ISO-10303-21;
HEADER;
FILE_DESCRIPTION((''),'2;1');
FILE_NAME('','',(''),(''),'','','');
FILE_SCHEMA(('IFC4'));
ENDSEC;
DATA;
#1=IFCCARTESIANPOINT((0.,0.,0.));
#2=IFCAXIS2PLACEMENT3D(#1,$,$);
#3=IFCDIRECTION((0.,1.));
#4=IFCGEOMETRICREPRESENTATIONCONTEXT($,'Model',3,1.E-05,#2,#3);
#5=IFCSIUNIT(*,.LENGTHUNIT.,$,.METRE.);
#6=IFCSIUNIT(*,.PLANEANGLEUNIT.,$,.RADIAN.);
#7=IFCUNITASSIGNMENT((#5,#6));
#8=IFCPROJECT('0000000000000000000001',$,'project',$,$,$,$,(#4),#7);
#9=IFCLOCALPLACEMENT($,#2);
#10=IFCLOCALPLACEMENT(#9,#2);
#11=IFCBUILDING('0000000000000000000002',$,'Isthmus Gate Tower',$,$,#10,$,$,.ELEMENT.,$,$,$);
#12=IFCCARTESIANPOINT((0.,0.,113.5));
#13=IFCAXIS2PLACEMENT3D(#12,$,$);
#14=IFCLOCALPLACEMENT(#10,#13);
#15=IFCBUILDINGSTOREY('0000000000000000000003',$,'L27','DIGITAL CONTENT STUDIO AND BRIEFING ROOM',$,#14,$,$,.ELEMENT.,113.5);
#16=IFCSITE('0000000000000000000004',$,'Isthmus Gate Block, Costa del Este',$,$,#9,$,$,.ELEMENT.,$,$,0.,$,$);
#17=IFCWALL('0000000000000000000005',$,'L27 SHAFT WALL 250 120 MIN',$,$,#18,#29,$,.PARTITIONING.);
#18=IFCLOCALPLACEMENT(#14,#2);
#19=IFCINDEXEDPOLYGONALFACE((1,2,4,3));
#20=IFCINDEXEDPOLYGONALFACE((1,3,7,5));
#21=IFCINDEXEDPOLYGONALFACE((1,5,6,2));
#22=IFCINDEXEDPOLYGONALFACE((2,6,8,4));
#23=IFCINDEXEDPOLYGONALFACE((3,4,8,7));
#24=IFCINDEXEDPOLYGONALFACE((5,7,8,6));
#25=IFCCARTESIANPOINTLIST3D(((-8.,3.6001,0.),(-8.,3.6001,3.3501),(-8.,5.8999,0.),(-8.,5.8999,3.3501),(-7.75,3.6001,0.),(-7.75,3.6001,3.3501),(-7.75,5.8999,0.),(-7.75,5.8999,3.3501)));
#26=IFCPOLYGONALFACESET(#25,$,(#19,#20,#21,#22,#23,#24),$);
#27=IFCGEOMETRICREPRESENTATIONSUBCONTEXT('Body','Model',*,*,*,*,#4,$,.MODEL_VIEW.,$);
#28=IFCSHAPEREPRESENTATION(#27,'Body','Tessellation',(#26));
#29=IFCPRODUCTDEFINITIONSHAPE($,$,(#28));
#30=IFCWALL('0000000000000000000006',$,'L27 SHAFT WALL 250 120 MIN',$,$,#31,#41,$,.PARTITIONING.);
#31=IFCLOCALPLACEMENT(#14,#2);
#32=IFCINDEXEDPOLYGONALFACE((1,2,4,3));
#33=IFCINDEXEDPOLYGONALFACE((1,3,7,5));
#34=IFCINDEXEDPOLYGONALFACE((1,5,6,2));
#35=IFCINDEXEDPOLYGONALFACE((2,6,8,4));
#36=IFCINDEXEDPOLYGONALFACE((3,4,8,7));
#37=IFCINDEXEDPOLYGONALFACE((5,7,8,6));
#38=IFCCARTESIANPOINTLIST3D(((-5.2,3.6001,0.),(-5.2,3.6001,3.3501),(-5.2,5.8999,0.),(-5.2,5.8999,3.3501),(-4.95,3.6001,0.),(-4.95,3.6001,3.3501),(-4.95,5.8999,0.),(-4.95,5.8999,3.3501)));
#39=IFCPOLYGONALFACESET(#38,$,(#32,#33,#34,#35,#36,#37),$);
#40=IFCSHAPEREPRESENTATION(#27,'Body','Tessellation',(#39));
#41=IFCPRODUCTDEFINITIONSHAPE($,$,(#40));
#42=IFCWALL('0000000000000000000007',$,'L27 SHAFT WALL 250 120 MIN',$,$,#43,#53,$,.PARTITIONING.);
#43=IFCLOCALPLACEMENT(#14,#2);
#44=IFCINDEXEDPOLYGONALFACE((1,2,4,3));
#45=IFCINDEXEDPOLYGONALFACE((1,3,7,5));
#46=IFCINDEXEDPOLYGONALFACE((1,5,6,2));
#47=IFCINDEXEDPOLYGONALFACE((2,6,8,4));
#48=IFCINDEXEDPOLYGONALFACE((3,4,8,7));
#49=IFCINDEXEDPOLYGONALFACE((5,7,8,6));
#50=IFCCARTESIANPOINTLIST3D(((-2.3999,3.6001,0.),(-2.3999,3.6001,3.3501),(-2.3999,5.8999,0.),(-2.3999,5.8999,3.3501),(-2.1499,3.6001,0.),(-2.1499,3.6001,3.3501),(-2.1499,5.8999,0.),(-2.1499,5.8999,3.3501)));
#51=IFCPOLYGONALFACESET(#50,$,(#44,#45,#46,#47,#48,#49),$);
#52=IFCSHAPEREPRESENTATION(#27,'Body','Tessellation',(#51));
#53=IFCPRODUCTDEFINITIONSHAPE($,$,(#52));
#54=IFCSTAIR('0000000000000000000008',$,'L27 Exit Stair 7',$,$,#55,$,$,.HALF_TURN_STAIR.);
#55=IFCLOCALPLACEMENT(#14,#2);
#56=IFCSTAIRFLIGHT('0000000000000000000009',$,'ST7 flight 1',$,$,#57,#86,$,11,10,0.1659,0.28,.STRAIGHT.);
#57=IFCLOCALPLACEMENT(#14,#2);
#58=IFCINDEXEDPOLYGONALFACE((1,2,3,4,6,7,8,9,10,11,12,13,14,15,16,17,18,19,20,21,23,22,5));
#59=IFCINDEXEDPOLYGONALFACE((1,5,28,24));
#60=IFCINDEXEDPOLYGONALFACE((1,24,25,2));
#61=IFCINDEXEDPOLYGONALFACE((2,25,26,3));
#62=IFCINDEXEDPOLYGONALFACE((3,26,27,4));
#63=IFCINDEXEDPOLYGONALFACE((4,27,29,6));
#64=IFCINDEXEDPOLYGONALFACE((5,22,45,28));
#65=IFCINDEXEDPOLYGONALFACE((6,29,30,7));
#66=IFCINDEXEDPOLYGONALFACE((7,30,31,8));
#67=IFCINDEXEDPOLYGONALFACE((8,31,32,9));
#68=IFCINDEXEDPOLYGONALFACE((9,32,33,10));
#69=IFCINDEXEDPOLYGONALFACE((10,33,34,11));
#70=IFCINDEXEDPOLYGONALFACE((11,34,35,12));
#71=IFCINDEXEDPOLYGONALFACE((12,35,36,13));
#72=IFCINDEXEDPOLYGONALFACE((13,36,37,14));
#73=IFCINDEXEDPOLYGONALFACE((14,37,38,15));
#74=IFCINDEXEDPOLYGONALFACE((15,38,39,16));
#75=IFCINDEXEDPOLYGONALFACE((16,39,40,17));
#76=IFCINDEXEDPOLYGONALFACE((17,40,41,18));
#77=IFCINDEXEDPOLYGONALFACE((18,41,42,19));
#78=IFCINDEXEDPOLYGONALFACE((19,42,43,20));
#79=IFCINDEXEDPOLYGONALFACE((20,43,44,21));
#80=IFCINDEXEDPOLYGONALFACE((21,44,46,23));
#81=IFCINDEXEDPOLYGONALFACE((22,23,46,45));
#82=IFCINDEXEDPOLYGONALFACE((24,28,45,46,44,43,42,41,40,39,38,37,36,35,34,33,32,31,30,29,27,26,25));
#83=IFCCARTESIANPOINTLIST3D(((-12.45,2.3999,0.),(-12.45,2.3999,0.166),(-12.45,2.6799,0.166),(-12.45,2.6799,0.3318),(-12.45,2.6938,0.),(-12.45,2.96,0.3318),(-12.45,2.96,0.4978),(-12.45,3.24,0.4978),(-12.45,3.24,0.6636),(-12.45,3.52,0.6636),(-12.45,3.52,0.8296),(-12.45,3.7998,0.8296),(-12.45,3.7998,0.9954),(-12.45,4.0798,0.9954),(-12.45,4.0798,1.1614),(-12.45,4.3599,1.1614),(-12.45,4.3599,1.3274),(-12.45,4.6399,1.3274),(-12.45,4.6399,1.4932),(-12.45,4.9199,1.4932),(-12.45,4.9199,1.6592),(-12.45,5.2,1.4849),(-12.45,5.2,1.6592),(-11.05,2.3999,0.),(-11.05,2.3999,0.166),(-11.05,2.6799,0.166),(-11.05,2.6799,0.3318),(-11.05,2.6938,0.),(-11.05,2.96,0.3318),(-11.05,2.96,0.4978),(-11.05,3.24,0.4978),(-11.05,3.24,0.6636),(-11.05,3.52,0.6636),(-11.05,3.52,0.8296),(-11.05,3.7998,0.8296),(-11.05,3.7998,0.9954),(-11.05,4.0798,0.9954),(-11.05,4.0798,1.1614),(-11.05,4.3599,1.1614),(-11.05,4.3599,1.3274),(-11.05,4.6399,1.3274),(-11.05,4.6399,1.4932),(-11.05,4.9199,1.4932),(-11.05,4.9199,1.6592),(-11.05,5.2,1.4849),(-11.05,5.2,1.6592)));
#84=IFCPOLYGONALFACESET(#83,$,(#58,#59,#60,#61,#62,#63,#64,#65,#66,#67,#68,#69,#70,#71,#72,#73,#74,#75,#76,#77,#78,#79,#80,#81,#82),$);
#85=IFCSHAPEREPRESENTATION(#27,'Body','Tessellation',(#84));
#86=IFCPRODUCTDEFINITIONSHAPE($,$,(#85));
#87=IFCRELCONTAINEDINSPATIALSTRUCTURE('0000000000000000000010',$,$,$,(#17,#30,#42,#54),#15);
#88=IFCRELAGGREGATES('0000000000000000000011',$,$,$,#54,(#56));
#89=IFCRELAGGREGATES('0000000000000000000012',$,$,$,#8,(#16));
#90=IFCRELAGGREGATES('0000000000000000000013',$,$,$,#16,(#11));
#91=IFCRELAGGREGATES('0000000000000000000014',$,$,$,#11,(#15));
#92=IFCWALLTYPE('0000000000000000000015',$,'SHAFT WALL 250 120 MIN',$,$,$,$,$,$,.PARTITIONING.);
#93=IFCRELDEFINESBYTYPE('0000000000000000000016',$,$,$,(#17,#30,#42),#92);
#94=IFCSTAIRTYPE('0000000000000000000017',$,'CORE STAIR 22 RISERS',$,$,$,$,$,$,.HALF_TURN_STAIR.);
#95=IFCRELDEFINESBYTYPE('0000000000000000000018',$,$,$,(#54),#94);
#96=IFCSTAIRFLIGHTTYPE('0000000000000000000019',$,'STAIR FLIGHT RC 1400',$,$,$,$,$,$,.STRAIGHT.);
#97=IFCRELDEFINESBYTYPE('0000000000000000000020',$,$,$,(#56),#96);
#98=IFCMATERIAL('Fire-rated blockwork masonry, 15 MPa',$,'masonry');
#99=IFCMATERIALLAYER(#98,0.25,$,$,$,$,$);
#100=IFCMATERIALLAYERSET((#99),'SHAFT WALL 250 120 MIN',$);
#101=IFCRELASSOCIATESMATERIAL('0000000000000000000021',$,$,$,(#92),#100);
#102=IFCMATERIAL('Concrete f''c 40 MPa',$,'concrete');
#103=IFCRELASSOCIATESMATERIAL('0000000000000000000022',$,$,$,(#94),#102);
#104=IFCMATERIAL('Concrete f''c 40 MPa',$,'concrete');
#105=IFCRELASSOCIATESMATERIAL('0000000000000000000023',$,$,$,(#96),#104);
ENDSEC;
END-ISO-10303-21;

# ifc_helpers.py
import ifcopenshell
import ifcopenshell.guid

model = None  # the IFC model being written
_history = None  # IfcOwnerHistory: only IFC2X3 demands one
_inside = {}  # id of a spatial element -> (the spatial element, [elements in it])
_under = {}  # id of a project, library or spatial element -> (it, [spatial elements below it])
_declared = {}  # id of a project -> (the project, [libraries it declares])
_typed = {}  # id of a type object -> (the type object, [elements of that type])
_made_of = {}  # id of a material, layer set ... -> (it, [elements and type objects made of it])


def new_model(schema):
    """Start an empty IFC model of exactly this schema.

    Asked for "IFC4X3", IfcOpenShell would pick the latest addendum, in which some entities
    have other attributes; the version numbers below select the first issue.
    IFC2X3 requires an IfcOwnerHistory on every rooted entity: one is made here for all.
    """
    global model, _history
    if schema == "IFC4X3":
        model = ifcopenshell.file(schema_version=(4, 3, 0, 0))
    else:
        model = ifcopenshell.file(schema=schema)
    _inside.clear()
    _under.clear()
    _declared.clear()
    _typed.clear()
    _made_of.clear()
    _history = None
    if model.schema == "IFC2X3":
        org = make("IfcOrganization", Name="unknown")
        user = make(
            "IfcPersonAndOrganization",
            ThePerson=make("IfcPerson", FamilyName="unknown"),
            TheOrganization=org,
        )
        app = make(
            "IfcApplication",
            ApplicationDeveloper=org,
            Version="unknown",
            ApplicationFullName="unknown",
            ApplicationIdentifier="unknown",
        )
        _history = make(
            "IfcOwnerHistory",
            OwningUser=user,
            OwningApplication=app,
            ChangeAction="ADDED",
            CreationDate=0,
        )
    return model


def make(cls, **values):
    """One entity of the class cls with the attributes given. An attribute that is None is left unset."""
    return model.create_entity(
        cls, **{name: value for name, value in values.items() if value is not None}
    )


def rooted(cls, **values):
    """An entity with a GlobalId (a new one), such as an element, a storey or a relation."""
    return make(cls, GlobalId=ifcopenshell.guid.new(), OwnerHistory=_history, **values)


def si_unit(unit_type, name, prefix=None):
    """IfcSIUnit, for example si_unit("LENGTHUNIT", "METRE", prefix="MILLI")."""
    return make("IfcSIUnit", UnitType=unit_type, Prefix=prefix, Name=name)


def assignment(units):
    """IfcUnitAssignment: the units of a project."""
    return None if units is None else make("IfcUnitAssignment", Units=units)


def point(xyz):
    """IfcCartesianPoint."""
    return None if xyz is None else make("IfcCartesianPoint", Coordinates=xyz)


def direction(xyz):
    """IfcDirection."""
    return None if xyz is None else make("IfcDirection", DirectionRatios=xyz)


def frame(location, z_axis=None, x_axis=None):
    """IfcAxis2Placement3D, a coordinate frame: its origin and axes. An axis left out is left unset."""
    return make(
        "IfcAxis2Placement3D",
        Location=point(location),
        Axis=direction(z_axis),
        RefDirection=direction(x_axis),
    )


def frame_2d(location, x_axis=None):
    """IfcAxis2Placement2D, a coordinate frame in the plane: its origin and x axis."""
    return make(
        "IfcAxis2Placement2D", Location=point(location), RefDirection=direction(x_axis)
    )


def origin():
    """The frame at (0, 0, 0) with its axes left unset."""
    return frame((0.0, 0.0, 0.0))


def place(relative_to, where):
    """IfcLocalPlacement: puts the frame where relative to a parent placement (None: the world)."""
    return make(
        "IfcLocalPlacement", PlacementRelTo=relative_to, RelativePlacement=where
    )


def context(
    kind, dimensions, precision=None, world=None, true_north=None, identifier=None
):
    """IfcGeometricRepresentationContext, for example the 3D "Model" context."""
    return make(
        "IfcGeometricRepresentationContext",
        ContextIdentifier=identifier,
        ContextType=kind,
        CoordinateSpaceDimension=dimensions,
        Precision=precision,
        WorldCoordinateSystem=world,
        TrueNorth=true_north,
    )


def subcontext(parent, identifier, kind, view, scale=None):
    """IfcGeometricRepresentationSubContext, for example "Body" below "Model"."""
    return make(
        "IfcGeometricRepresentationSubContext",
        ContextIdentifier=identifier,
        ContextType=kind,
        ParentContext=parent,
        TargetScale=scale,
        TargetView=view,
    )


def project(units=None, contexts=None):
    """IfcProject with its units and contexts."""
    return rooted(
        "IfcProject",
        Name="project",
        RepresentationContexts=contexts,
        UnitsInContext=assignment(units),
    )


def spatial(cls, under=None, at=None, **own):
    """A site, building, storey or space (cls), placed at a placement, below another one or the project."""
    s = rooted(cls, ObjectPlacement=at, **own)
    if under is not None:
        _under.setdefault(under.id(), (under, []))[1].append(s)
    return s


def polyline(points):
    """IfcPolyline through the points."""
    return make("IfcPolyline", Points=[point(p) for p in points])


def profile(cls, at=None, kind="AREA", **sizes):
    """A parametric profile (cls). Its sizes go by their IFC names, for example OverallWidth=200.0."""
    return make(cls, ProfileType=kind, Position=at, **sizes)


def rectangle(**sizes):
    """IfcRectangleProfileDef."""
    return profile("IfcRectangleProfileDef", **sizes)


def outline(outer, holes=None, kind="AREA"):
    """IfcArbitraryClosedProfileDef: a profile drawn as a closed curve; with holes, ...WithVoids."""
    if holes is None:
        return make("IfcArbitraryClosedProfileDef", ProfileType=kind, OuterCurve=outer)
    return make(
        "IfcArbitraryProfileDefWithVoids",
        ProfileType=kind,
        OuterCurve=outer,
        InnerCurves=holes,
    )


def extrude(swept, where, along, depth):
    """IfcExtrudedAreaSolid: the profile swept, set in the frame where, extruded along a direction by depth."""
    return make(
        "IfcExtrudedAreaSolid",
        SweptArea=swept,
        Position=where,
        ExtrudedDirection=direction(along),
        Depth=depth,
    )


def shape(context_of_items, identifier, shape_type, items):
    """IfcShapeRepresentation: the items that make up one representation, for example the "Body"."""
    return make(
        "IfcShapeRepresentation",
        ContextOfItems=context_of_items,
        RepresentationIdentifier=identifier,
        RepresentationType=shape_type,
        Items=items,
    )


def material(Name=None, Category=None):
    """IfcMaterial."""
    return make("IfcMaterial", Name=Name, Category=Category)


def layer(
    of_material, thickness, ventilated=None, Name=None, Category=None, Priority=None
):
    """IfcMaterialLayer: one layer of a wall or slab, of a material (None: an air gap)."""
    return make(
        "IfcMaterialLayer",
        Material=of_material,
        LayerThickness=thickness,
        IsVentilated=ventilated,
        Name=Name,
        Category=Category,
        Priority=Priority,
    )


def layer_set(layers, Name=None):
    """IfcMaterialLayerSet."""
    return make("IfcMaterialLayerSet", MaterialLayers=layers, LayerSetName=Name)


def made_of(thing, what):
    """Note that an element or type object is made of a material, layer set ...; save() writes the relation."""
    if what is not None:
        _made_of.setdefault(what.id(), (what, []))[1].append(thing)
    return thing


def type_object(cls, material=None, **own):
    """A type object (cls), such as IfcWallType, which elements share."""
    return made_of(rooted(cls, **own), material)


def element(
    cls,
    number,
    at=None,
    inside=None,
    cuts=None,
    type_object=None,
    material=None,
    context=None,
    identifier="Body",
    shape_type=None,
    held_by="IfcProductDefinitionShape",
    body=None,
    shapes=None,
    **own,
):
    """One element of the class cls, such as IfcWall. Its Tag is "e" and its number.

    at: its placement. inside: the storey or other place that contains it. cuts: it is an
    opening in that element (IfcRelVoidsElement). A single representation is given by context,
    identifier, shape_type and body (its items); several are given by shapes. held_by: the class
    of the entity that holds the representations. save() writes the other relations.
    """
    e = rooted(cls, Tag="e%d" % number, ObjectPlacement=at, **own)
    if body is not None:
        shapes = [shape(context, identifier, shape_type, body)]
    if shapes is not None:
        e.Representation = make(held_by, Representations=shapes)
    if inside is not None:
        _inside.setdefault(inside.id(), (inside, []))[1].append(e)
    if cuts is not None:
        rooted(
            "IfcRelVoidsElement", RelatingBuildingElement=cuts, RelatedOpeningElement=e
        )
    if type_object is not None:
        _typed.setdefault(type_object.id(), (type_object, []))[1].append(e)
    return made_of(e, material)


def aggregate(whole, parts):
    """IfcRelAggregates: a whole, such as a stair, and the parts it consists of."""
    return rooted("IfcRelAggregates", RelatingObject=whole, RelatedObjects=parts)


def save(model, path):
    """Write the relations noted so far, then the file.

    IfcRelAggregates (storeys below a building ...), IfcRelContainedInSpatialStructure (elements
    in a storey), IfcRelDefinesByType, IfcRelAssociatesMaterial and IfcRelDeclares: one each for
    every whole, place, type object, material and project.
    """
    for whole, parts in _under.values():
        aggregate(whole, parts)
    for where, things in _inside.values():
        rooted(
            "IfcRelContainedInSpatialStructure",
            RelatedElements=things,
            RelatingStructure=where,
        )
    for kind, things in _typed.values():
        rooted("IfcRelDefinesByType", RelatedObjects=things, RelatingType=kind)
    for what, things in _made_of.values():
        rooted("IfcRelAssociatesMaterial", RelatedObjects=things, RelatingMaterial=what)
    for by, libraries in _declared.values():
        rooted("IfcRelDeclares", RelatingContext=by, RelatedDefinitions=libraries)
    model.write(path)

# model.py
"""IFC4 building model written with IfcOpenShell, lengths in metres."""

from ifc_helpers import new_model, si_unit, direction, frame, frame_2d, origin, place, context, subcontext, project, spatial, polyline, rectangle, outline, extrude, material, layer, layer_set, type_object, element, aggregate, save


model = new_model("IFC4")

# Units and contexts
model_context = context("Model", 3, precision=1e-05, world=origin(), true_north=direction((0.0, 1.0)))
body_context = subcontext(model_context, "Body", "Model", "MODEL_VIEW")
ifc_project = project(units=[si_unit("LENGTHUNIT", "METRE"), si_unit("PLANEANGLEUNIT", "RADIAN")], contexts=[model_context])

# Site, building, storey
site_placement = place(None, origin())
site = spatial("IfcSite", under=ifc_project, at=site_placement, Name="Isthmus Gate Block, Costa del Este", CompositionType="ELEMENT", RefElevation=0.0)
building_placement = place(site_placement, origin())
building = spatial("IfcBuilding", under=site, at=building_placement, Name="Isthmus Gate Tower", CompositionType="ELEMENT")
storey_placement = place(building_placement, frame((0.0, 0.0, 113.5)))
storey = spatial("IfcBuildingStorey", under=building, at=storey_placement, Name="L27", Description="DIGITAL CONTENT STUDIO AND BRIEFING ROOM", CompositionType="ELEMENT", Elevation=113.5)

# Walls
ifc_material_1 = material(Name="Fire-rated blockwork masonry, 15 MPa", Category="masonry")
ifc_layer_1 = layer(ifc_material_1, 0.25)
ifc_layer_set_1 = layer_set([ifc_layer_1], Name="SHAFT WALL 250 120 MIN")
wall_type_1 = type_object("IfcWallType", Name="SHAFT WALL 250 120 MIN", PredefinedType="PARTITIONING", material=ifc_layer_set_1)
for number, where, z_axis, x_axis, name in (
    (1, (-7.875, 3.6001, 0.0), (0.0, 0.0, 1.0), (0.0, 1.0, 0.0), "L27 SHAFT WALL 250 120 MIN"),
    (2, (-5.075, 3.6001, 0.0), (0.0, 0.0, 1.0), (0.0, 1.0, 0.0), "L27 SHAFT WALL 250 120 MIN"),
    (3, (-2.2749, 3.6001, 0.0), (0.0, 0.0, 1.0), (0.0, 1.0, 0.0), "L27 SHAFT WALL 250 120 MIN"),
):
    element("IfcWall", number, at=place(storey_placement, frame(where, z_axis=z_axis, x_axis=x_axis)), inside=storey, type_object=wall_type_1, Name=name, PredefinedType="PARTITIONING", context=body_context, shape_type="SweptSolid", body=[
        extrude(rectangle(XDim=2.2998, YDim=0.25, at=frame_2d((1.1499, 0.0))), origin(), (0.0, 0.0, 1.0), 3.3501),
    ])

# Stair, stair flight
ifc_material_2 = material(Name="Concrete f'c 40 MPa", Category="concrete")
stair_type = type_object("IfcStairType", Name="CORE STAIR 22 RISERS", PredefinedType="HALF_TURN_STAIR", material=ifc_material_2)
stair_placement = place(storey_placement, origin())
stair = element("IfcStair", 4, at=stair_placement, inside=storey, type_object=stair_type, Name="L27 Exit Stair 7", PredefinedType="HALF_TURN_STAIR")
ifc_material_3 = material(Name="Concrete f'c 40 MPa", Category="concrete")
stair_flight_type = type_object("IfcStairFlightType", Name="STAIR FLIGHT RC 1400", PredefinedType="STRAIGHT", material=ifc_material_3)
stair_flight_placement = place(storey_placement, frame((-11.75, 2.3999, 0.0), z_axis=(0.0, 0.0, 1.0), x_axis=(0.0, 1.0, 0.0)))
stair_flight = element("IfcStairFlight", 5, at=stair_flight_placement, type_object=stair_flight_type, Name="ST7 flight 1", NumberOfRisers=11, NumberOfTreads=10, PredefinedType="STRAIGHT", RiserHeight=0.1659, TreadLength=0.28, context=body_context, shape_type="SweptSolid", body=[
    extrude(outline(polyline([(0.0, 0.0), (0.0, 0.166), (0.28, 0.166), (0.28, 0.3318), (0.5601, 0.3318), (0.5601, 0.4978), (0.8401, 0.4978), (0.8401, 0.6636), (1.1201, 0.6636), (1.1201, 0.8296), (1.3999, 0.8296), (1.3999, 0.9954), (1.6799, 0.9954), (1.6799, 1.1614), (1.96, 1.1614), (1.96, 1.3274), (2.24, 1.3274), (2.24, 1.4932), (2.52, 1.4932), (2.52, 1.6592), (2.8, 1.6592), (2.8, 1.825), (2.8, 1.4849), (0.2939, 0.0), (0.0, 0.0)])), frame((0.0, 0.7, 0.0), z_axis=(0.0, -1.0, 0.0), x_axis=(1.0, 0.0, 0.0)), (0.0, 0.0, 1.0), 1.3999),
])
aggregate(stair, [stair_flight])

save(model, "model.ifc")
